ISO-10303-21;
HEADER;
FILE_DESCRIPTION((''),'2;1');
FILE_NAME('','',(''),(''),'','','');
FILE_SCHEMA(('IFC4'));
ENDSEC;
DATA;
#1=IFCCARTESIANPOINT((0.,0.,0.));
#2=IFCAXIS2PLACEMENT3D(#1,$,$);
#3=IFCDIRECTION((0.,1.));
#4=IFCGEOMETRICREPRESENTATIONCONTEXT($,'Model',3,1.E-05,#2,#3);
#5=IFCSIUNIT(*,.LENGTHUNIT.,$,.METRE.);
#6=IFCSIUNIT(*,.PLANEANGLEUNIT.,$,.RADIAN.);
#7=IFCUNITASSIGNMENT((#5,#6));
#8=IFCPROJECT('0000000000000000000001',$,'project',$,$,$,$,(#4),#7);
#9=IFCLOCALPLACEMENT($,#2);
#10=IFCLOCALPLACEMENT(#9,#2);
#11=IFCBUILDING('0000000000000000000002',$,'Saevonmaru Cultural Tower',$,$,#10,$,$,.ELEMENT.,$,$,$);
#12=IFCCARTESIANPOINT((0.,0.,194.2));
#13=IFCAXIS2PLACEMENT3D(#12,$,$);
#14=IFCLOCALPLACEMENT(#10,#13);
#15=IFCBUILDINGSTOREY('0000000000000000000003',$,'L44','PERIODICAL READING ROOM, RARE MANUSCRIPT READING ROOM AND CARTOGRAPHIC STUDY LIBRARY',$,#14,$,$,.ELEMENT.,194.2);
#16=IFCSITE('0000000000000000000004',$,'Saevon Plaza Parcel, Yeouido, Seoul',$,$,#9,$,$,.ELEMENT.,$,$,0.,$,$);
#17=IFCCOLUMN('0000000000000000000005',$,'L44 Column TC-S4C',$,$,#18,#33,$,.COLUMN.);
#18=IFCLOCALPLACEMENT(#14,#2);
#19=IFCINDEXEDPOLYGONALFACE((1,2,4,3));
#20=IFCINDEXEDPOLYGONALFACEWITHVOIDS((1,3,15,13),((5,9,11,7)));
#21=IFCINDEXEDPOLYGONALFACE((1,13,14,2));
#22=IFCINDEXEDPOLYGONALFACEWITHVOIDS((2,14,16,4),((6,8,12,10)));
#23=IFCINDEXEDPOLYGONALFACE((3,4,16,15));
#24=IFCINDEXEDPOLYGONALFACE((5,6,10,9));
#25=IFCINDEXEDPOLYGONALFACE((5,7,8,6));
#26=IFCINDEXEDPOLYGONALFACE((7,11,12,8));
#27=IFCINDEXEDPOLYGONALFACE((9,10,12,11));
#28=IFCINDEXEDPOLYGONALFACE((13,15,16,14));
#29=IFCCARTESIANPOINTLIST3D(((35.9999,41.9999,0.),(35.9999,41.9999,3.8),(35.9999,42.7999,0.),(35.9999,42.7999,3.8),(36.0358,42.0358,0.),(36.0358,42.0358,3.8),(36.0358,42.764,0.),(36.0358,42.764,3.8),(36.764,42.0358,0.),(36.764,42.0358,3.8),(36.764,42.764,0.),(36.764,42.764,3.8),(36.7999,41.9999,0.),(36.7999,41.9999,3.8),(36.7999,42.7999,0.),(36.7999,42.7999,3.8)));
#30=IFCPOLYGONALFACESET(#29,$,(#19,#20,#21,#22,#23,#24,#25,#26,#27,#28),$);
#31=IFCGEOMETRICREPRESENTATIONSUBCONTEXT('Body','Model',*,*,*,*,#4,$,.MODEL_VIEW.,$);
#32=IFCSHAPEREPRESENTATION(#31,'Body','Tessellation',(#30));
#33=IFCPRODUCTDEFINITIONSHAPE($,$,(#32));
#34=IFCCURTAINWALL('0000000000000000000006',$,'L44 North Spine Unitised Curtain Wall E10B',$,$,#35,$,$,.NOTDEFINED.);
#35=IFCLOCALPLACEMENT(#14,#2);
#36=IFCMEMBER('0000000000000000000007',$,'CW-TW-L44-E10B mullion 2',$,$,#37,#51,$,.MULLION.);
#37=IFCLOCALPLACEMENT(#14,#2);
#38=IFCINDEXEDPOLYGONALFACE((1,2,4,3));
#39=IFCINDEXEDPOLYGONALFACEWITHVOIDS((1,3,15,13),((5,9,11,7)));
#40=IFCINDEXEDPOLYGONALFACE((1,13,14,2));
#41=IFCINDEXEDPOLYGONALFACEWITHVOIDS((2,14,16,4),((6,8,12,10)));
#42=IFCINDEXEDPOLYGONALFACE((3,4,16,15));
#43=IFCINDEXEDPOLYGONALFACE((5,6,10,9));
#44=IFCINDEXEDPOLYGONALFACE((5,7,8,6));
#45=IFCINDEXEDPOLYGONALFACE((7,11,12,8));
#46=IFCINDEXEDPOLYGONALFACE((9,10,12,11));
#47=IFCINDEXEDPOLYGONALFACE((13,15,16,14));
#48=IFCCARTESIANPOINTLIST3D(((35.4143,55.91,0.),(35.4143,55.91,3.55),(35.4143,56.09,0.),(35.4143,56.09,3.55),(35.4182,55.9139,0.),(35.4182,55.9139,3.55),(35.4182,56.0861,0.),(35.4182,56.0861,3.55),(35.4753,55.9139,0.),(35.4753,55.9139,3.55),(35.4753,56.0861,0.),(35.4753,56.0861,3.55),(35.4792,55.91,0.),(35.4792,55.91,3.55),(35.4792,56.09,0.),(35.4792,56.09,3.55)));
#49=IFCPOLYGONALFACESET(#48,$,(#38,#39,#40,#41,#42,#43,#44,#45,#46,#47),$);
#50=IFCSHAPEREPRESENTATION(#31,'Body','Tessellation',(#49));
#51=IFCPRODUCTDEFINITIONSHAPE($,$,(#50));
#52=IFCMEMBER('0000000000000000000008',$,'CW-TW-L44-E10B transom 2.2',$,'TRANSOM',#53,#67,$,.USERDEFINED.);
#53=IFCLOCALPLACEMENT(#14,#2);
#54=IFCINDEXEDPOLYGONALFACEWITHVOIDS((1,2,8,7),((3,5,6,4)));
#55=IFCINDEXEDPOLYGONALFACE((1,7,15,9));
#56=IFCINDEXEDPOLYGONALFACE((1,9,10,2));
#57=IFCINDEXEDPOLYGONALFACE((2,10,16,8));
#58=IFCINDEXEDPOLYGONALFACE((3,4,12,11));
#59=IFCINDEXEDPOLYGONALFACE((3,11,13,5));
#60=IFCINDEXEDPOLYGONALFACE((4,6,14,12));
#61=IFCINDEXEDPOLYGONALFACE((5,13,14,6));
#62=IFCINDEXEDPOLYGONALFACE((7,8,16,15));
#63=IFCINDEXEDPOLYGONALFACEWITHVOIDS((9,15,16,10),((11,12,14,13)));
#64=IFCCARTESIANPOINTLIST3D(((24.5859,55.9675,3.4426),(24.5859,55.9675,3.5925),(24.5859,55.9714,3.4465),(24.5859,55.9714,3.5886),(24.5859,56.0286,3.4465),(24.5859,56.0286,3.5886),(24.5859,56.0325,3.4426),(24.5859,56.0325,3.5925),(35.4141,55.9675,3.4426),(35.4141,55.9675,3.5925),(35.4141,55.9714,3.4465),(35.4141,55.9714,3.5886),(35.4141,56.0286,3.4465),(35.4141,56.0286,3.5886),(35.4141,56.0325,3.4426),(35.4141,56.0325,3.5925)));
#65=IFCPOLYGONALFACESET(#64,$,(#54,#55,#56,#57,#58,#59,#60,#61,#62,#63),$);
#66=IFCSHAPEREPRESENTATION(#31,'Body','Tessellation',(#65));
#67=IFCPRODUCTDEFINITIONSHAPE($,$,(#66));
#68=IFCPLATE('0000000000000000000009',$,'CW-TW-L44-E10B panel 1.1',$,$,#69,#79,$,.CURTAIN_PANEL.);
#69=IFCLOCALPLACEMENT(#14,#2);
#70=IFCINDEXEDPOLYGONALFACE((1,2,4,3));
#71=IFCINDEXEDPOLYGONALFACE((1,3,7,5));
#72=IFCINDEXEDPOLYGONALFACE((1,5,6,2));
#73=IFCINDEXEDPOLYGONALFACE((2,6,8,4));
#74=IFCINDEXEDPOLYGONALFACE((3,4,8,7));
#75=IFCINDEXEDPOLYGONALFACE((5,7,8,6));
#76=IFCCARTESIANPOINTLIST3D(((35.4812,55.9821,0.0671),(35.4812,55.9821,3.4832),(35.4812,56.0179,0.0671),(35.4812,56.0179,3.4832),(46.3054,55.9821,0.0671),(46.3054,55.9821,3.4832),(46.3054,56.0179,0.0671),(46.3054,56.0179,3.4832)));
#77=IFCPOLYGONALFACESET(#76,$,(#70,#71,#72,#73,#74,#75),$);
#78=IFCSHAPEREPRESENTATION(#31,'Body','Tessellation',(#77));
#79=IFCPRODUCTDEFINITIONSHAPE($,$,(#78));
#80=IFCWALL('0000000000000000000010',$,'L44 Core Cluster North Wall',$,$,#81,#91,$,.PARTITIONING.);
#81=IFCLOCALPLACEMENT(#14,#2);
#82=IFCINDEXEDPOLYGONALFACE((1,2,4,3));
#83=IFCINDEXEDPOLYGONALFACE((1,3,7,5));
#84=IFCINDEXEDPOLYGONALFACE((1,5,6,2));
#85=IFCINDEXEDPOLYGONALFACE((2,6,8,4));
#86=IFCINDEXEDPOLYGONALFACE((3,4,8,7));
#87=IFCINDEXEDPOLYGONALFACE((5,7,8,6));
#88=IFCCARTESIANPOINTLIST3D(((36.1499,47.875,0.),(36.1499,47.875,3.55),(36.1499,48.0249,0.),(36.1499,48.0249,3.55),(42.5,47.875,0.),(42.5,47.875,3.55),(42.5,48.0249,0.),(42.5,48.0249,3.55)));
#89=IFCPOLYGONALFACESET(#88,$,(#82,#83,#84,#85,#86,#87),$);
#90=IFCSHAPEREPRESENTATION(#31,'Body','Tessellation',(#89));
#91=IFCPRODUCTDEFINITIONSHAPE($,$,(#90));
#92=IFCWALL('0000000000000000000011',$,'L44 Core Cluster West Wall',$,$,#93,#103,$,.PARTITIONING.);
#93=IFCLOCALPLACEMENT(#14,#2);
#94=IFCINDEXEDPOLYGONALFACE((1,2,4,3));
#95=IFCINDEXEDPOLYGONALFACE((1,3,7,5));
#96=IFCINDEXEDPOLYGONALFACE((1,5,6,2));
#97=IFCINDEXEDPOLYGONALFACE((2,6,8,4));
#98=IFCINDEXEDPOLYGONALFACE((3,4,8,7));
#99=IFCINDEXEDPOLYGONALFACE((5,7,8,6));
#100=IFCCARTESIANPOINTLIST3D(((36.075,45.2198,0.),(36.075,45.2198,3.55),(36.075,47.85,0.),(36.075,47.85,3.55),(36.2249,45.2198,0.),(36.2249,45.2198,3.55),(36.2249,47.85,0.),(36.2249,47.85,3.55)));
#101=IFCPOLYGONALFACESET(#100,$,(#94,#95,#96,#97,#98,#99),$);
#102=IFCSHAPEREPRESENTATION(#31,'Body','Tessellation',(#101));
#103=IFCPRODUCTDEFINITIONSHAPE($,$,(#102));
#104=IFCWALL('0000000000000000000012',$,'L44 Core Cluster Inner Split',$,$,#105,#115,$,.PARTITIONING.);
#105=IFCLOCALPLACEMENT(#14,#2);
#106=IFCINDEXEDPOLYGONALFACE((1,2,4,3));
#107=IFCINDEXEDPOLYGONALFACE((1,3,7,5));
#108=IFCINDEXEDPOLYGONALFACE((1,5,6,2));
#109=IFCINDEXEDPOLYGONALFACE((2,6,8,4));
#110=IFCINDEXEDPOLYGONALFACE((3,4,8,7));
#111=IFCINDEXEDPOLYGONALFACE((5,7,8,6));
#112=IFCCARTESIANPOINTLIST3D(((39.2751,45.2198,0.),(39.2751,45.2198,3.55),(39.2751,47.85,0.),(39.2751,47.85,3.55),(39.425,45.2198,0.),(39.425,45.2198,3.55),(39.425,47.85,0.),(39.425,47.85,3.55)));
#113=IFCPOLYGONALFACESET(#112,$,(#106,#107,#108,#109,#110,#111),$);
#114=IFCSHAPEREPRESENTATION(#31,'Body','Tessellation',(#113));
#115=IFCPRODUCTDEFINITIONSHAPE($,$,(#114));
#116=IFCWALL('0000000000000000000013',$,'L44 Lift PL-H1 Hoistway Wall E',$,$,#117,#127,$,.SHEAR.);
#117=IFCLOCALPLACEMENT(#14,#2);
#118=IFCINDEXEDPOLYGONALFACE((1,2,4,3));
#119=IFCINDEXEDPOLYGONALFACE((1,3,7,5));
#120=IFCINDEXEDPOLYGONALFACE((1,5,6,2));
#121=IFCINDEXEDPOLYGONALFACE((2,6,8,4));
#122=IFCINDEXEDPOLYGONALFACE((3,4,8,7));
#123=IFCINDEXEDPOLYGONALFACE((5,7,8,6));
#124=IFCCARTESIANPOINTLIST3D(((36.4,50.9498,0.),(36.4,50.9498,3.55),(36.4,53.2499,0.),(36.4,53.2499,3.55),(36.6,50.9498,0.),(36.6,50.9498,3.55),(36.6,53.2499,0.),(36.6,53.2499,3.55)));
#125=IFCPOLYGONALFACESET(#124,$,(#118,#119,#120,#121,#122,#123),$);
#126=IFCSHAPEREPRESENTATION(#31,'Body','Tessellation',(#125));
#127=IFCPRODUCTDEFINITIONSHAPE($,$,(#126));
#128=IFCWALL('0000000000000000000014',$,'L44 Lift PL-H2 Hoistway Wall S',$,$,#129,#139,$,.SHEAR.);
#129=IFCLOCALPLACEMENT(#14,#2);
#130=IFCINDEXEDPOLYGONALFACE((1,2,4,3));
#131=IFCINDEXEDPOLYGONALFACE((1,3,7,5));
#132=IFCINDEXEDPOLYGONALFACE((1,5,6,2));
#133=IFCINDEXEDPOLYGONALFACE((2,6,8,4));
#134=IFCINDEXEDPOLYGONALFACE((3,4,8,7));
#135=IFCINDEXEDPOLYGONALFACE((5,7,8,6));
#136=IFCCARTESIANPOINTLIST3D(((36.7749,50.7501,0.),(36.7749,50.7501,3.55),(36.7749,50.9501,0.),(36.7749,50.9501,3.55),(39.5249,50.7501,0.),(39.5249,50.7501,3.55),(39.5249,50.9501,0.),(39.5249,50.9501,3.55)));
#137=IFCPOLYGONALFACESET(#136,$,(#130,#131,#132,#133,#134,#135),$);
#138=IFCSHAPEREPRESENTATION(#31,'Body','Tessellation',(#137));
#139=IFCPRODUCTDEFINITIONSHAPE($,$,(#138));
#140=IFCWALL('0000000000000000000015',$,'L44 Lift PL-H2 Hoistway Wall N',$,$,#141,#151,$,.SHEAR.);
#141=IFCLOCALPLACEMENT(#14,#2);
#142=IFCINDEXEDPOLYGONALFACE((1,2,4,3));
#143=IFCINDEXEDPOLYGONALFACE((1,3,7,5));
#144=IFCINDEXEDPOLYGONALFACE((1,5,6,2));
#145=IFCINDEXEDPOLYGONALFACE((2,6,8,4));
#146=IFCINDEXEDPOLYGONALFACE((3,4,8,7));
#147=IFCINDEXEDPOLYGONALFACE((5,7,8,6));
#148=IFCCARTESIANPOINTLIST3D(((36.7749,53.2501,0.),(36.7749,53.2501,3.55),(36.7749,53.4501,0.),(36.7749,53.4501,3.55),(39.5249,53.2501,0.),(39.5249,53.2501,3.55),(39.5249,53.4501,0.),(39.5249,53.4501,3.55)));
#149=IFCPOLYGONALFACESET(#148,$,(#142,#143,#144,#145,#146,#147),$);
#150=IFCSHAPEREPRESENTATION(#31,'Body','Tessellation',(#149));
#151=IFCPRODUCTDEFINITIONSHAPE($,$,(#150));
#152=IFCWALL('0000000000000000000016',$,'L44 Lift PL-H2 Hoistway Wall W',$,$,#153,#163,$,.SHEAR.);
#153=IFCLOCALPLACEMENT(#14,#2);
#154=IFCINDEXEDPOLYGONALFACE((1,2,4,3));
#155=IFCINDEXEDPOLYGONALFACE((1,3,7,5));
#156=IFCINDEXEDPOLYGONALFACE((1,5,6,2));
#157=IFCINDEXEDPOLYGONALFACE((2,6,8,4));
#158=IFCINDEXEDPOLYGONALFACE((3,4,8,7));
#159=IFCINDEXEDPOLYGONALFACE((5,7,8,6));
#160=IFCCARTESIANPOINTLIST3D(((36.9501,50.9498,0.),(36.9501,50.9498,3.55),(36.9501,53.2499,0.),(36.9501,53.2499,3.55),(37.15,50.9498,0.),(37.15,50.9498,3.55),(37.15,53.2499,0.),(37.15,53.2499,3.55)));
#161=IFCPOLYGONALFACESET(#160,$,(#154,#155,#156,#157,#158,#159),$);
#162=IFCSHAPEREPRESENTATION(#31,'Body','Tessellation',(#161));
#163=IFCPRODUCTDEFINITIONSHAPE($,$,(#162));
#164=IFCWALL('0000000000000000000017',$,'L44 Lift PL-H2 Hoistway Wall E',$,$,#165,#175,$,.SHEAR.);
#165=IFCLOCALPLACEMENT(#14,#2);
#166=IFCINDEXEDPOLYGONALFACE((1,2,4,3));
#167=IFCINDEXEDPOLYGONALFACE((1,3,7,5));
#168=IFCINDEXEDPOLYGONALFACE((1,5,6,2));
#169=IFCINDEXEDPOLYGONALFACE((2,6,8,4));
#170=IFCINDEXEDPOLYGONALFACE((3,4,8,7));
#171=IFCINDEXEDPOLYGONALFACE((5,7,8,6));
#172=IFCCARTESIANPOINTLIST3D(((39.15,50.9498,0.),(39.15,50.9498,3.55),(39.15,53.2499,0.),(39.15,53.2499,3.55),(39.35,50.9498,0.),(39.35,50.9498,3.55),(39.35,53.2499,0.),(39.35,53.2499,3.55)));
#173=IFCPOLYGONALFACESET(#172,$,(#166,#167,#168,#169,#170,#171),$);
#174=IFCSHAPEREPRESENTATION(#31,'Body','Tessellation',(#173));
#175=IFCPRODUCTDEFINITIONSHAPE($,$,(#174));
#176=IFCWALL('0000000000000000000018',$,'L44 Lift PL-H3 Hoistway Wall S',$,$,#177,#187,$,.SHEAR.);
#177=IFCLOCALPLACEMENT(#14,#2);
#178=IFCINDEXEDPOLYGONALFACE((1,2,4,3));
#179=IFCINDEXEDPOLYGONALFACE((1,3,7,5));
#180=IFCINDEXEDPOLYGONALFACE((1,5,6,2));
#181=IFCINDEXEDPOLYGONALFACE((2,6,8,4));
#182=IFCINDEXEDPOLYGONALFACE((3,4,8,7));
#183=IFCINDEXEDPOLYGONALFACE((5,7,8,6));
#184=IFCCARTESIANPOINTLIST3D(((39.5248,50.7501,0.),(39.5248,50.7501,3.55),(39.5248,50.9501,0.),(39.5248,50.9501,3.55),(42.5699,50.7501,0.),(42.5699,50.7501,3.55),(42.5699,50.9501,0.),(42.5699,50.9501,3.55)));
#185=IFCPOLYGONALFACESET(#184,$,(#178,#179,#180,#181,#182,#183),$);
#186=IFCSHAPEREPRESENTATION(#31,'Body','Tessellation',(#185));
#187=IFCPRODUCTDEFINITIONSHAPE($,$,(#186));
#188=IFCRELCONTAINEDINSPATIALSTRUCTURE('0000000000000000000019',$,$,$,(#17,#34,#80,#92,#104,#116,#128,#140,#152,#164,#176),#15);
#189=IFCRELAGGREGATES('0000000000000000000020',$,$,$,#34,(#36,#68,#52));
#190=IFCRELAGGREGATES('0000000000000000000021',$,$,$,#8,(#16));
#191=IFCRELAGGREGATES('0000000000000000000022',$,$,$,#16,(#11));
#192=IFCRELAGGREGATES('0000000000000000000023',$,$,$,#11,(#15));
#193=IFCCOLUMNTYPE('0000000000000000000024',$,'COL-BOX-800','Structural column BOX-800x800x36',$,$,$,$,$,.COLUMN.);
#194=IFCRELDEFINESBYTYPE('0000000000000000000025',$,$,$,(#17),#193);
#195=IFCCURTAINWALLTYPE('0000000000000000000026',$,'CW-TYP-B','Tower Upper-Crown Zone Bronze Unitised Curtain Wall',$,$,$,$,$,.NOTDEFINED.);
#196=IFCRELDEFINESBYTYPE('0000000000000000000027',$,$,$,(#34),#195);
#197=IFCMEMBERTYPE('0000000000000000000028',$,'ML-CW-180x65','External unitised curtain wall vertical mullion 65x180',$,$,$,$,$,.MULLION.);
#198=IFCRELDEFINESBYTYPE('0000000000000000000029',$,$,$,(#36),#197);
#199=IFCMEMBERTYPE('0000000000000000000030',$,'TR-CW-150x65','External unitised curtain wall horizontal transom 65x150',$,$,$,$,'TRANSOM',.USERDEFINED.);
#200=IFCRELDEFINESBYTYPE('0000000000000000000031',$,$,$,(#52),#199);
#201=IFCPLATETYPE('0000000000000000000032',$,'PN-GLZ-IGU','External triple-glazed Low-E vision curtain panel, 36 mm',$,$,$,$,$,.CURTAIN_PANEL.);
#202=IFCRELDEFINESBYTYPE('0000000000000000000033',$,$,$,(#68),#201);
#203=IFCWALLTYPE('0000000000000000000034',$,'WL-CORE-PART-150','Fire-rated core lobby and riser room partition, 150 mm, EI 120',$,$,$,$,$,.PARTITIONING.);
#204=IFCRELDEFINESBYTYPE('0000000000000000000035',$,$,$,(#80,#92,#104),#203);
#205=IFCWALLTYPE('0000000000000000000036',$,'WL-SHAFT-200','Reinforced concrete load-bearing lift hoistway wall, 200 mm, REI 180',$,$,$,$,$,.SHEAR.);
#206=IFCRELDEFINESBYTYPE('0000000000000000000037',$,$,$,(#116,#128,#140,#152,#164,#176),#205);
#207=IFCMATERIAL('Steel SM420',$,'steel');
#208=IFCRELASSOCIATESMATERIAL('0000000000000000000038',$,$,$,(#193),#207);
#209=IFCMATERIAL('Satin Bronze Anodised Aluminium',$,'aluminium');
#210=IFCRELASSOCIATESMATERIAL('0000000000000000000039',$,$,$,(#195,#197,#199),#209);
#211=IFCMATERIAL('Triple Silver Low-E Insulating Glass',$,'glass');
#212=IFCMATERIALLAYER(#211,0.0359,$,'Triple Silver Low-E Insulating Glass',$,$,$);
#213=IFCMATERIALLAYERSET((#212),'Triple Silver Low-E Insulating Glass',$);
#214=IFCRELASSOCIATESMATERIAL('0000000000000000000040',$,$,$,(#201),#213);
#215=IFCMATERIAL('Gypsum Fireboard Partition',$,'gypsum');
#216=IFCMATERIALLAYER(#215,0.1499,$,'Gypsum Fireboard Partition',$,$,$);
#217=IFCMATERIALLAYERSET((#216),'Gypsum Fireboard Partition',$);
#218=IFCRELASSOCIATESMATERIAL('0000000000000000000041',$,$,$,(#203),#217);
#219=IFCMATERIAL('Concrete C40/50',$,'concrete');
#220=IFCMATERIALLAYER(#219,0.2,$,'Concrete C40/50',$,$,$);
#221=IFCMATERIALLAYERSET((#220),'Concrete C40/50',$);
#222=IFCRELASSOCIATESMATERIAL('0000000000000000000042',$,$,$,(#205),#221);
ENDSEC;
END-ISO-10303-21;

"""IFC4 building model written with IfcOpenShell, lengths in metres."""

from ifc_helpers import new_model, si_unit, direction, frame, frame_2d, origin, origin_2d, place, context, subcontext, project, spatial, rectangle, hollow_rectangle, extrude, material, layer, layer_set, material_profile, profile_set, type_object, element, aggregate, save


model = new_model("IFC4")

# Units and contexts
model_context = context("Model", 3, precision=1e-05, world=origin(), true_north=direction((0.0, 1.0)))
body_context = subcontext(model_context, "Body", "Model", "MODEL_VIEW")
ifc_project = project(units=[si_unit("LENGTHUNIT", "METRE"), si_unit("PLANEANGLEUNIT", "RADIAN")], contexts=[model_context])

# Site, building, storey
site_placement = place(None, origin())
site = spatial("IfcSite", under=ifc_project, at=site_placement, Name="Saevon Plaza Parcel, Yeouido, Seoul", CompositionType="ELEMENT", RefElevation=0.0)
building_placement = place(site_placement, origin())
building = spatial("IfcBuilding", under=site, at=building_placement, Name="Saevonmaru Cultural Tower", CompositionType="ELEMENT")
storey_placement = place(building_placement, frame((0.0, 0.0, 194.2)))
storey = spatial("IfcBuildingStorey", under=building, at=storey_placement, Name="L44", Description="PERIODICAL READING ROOM, RARE MANUSCRIPT READING ROOM AND CARTOGRAPHIC STUDY LIBRARY", CompositionType="ELEMENT", Elevation=194.2)

# Column
ifc_material_1 = material(Name="Steel SM420", Category="steel")
ifc_material_profile_1 = material_profile(ifc_material_1, hollow_rectangle(XDim=0.8, YDim=0.8, WallThickness=0.0359, at=origin_2d()), Name="BOX-800x800x36")
ifc_profile_set_1 = profile_set([ifc_material_profile_1], Name="Steel SM420")
column_type = type_object("IfcColumnType", Name="COL-BOX-800", Description="Structural column BOX-800x800x36", PredefinedType="COLUMN", material=ifc_profile_set_1)
column_placement = place(storey_placement, frame((36.3999, 42.3999, 0.0), z_axis=(0.0, 0.0, 1.0), x_axis=(1.0, 0.0, 0.0)))
element("IfcColumn", 1, at=column_placement, inside=storey, type_object=column_type, Name="L44 Column TC-S4C", PredefinedType="COLUMN", context=body_context, shape_type="SweptSolid", body=[
    extrude(hollow_rectangle(XDim=0.8, YDim=0.8, WallThickness=0.0359, at=origin_2d()), origin(), (0.0, 0.0, 1.0), 3.8),
])

# Curtain wall, members, plate
ifc_material_2 = material(Name="Satin Bronze Anodised Aluminium", Category="aluminium")
curtain_wall_type = type_object("IfcCurtainWallType", Name="CW-TYP-B", Description="Tower Upper-Crown Zone Bronze Unitised Curtain Wall", PredefinedType="NOTDEFINED", material=ifc_material_2)
curtain_wall_placement = place(storey_placement, origin())
curtain_wall = element("IfcCurtainWall", 2, at=curtain_wall_placement, inside=storey, type_object=curtain_wall_type, Name="L44 North Spine Unitised Curtain Wall E10B", PredefinedType="NOTDEFINED")
ifc_material_profile_2 = material_profile(ifc_material_2, hollow_rectangle(XDim=0.0649, YDim=0.1799, WallThickness=0.0039, at=origin_2d()), Name="ALU-MULL-180x65x4")
ifc_profile_set_2 = profile_set([ifc_material_profile_2], Name="Satin Bronze Anodised Aluminium")
member_type_1 = type_object("IfcMemberType", Name="ML-CW-180x65", Description="External unitised curtain wall vertical mullion 65x180", PredefinedType="MULLION", material=ifc_profile_set_2)
member_1_placement = place(storey_placement, frame((35.4468, 56.0, 0.0), z_axis=(0.0, 0.0, 1.0), x_axis=(-1.0, 0.0, 0.0)))
member_1 = element("IfcMember", 3, at=member_1_placement, type_object=member_type_1, Name="CW-TW-L44-E10B mullion 2", PredefinedType="MULLION", context=body_context, shape_type="SweptSolid", body=[
    extrude(hollow_rectangle(XDim=0.0649, YDim=0.1799, WallThickness=0.0039, at=origin_2d()), origin(), (0.0, 0.0, 1.0), 3.55),
])
ifc_material_profile_3 = material_profile(ifc_material_2, hollow_rectangle(XDim=0.0649, YDim=0.1499, WallThickness=0.0039, at=origin_2d()), Name="ALU-TRAN-150x65x4")
ifc_profile_set_3 = profile_set([ifc_material_profile_3], Name="Satin Bronze Anodised Aluminium")
member_type_2 = type_object("IfcMemberType", Name="TR-CW-150x65", Description="External unitised curtain wall horizontal transom 65x150", ElementType="TRANSOM", PredefinedType="USERDEFINED", material=ifc_profile_set_3)
member_2_placement = place(storey_placement, frame((35.4141, 56.0, 3.5176), z_axis=(-1.0, 0.0, 0.0), x_axis=(0.0, -1.0, 0.0)))
member_2 = element("IfcMember", 4, at=member_2_placement, type_object=member_type_2, Name="CW-TW-L44-E10B transom 2.2", ObjectType="TRANSOM", PredefinedType="USERDEFINED", context=body_context, shape_type="SweptSolid", body=[
    extrude(hollow_rectangle(XDim=0.0649, YDim=0.1499, WallThickness=0.0039, at=origin_2d()), origin(), (0.0, 0.0, 1.0), 10.8281),
])
ifc_material_3 = material(Name="Triple Silver Low-E Insulating Glass", Category="glass")
ifc_layer_1 = layer(ifc_material_3, 0.0359, Name="Triple Silver Low-E Insulating Glass")
ifc_layer_set_1 = layer_set([ifc_layer_1], Name="Triple Silver Low-E Insulating Glass")
plate_type = type_object("IfcPlateType", Name="PN-GLZ-IGU", Description="External triple-glazed Low-E vision curtain panel, 36 mm", PredefinedType="CURTAIN_PANEL", material=ifc_layer_set_1)
plate_placement = place(storey_placement, frame((40.8933, 56.0, 0.0671), z_axis=(0.0, 0.0, 1.0), x_axis=(-1.0, 0.0, 0.0)))
plate = element("IfcPlate", 5, at=plate_placement, type_object=plate_type, Name="CW-TW-L44-E10B panel 1.1", PredefinedType="CURTAIN_PANEL", context=body_context, shape_type="SweptSolid", body=[
    extrude(rectangle(XDim=10.8242, YDim=0.0359, at=origin_2d()), origin(), (0.0, 0.0, 1.0), 3.416),
])
aggregate(curtain_wall, [member_1, plate, member_2])

# Shared definitions
ifc_material_4 = material(Name="Gypsum Fireboard Partition", Category="gypsum")
ifc_layer_2 = layer(ifc_material_4, 0.1499, Name="Gypsum Fireboard Partition")
ifc_layer_set_2 = layer_set([ifc_layer_2], Name="Gypsum Fireboard Partition")
wall_type_1 = type_object("IfcWallType", Name="WL-CORE-PART-150", Description="Fire-rated core lobby and riser room partition, 150 mm, EI 120", PredefinedType="PARTITIONING", material=ifc_layer_set_2)

# Walls
wall_1_placement = place(storey_placement, frame((36.1499, 47.95, 0.0), z_axis=(0.0, 0.0, 1.0), x_axis=(1.0, 0.0, 0.0)))
element("IfcWall", 6, at=wall_1_placement, inside=storey, type_object=wall_type_1, Name="L44 Core Cluster North Wall", PredefinedType="PARTITIONING", context=body_context, shape_type="SweptSolid", body=[
    extrude(rectangle(XDim=6.3501, YDim=0.1499, at=frame_2d((3.175, 0.0))), origin(), (0.0, 0.0, 1.0), 3.55),
])
for number, where, z_axis, x_axis, name in (
    (7, (36.1499, 45.22, 0.0), (0.0, 0.0, 1.0), (0.0, 1.0, 0.0), "L44 Core Cluster West Wall"),
    (8, (39.3501, 45.22, 0.0), (0.0, 0.0, 1.0), (0.0, 1.0, 0.0), "L44 Core Cluster Inner Split"),
):
    element("IfcWall", number, at=place(storey_placement, frame(where, z_axis=z_axis, x_axis=x_axis)), inside=storey, type_object=wall_type_1, Name=name, PredefinedType="PARTITIONING", context=body_context, shape_type="SweptSolid", body=[
        extrude(rectangle(XDim=2.6301, YDim=0.1499, at=frame_2d((1.3149, 0.0))), origin(), (0.0, 0.0, 1.0), 3.55),
    ])
ifc_material_5 = material(Name="Concrete C40/50", Category="concrete")
ifc_layer_3 = layer(ifc_material_5, 0.2, Name="Concrete C40/50")
ifc_layer_set_3 = layer_set([ifc_layer_3], Name="Concrete C40/50")
wall_type_2 = type_object("IfcWallType", Name="WL-SHAFT-200", Description="Reinforced concrete load-bearing lift hoistway wall, 200 mm, REI 180", PredefinedType="SHEAR", material=ifc_layer_set_3)
wall_2_placement = place(storey_placement, frame((36.5, 50.95, 0.0), z_axis=(0.0, 0.0, 1.0), x_axis=(0.0, 1.0, 0.0)))
element("IfcWall", 9, at=wall_2_placement, inside=storey, type_object=wall_type_2, Name="L44 Lift PL-H1 Hoistway Wall E", PredefinedType="SHEAR", context=body_context, shape_type="SweptSolid", body=[
    extrude(rectangle(XDim=2.3, YDim=0.2, at=frame_2d((1.1499, 0.0))), origin(), (0.0, 0.0, 1.0), 3.55),
])
for number, where, z_axis, x_axis, name in (
    (10, (36.7749, 50.8501, 0.0), (0.0, 0.0, 1.0), (1.0, 0.0, 0.0), "L44 Lift PL-H2 Hoistway Wall S"),
    (11, (36.7749, 53.3501, 0.0), (0.0, 0.0, 1.0), (1.0, 0.0, 0.0), "L44 Lift PL-H2 Hoistway Wall N"),
):
    element("IfcWall", number, at=place(storey_placement, frame(where, z_axis=z_axis, x_axis=x_axis)), inside=storey, type_object=wall_type_2, Name=name, PredefinedType="SHEAR", context=body_context, shape_type="SweptSolid", body=[
        extrude(rectangle(XDim=2.75, YDim=0.2, at=frame_2d((1.375, 0.0))), origin(), (0.0, 0.0, 1.0), 3.55),
    ])
for number, where, z_axis, x_axis, name in (
    (12, (37.05, 50.95, 0.0), (0.0, 0.0, 1.0), (0.0, 1.0, 0.0), "L44 Lift PL-H2 Hoistway Wall W"),
    (13, (39.25, 50.95, 0.0), (0.0, 0.0, 1.0), (0.0, 1.0, 0.0), "L44 Lift PL-H2 Hoistway Wall E"),
):
    element("IfcWall", number, at=place(storey_placement, frame(where, z_axis=z_axis, x_axis=x_axis)), inside=storey, type_object=wall_type_2, Name=name, PredefinedType="SHEAR", context=body_context, shape_type="SweptSolid", body=[
        extrude(rectangle(XDim=2.3, YDim=0.2, at=frame_2d((1.1499, 0.0))), origin(), (0.0, 0.0, 1.0), 3.55),
    ])
for number, where, z_axis, x_axis, name in (
    (14, (39.5249, 50.8501, 0.0), (0.0, 0.0, 1.0), (1.0, 0.0, 0.0), "L44 Lift PL-H3 Hoistway Wall S"),
):
    element("IfcWall", number, at=place(storey_placement, frame(where, z_axis=z_axis, x_axis=x_axis)), inside=storey, type_object=wall_type_2, Name=name, PredefinedType="SHEAR", context=body_context, shape_type="SweptSolid", body=[
        extrude(rectangle(XDim=3.0452, YDim=0.2, at=frame_2d((1.5225, 0.0))), origin(), (0.0, 0.0, 1.0), 3.55),
    ])

save(model, "model.ifc")
